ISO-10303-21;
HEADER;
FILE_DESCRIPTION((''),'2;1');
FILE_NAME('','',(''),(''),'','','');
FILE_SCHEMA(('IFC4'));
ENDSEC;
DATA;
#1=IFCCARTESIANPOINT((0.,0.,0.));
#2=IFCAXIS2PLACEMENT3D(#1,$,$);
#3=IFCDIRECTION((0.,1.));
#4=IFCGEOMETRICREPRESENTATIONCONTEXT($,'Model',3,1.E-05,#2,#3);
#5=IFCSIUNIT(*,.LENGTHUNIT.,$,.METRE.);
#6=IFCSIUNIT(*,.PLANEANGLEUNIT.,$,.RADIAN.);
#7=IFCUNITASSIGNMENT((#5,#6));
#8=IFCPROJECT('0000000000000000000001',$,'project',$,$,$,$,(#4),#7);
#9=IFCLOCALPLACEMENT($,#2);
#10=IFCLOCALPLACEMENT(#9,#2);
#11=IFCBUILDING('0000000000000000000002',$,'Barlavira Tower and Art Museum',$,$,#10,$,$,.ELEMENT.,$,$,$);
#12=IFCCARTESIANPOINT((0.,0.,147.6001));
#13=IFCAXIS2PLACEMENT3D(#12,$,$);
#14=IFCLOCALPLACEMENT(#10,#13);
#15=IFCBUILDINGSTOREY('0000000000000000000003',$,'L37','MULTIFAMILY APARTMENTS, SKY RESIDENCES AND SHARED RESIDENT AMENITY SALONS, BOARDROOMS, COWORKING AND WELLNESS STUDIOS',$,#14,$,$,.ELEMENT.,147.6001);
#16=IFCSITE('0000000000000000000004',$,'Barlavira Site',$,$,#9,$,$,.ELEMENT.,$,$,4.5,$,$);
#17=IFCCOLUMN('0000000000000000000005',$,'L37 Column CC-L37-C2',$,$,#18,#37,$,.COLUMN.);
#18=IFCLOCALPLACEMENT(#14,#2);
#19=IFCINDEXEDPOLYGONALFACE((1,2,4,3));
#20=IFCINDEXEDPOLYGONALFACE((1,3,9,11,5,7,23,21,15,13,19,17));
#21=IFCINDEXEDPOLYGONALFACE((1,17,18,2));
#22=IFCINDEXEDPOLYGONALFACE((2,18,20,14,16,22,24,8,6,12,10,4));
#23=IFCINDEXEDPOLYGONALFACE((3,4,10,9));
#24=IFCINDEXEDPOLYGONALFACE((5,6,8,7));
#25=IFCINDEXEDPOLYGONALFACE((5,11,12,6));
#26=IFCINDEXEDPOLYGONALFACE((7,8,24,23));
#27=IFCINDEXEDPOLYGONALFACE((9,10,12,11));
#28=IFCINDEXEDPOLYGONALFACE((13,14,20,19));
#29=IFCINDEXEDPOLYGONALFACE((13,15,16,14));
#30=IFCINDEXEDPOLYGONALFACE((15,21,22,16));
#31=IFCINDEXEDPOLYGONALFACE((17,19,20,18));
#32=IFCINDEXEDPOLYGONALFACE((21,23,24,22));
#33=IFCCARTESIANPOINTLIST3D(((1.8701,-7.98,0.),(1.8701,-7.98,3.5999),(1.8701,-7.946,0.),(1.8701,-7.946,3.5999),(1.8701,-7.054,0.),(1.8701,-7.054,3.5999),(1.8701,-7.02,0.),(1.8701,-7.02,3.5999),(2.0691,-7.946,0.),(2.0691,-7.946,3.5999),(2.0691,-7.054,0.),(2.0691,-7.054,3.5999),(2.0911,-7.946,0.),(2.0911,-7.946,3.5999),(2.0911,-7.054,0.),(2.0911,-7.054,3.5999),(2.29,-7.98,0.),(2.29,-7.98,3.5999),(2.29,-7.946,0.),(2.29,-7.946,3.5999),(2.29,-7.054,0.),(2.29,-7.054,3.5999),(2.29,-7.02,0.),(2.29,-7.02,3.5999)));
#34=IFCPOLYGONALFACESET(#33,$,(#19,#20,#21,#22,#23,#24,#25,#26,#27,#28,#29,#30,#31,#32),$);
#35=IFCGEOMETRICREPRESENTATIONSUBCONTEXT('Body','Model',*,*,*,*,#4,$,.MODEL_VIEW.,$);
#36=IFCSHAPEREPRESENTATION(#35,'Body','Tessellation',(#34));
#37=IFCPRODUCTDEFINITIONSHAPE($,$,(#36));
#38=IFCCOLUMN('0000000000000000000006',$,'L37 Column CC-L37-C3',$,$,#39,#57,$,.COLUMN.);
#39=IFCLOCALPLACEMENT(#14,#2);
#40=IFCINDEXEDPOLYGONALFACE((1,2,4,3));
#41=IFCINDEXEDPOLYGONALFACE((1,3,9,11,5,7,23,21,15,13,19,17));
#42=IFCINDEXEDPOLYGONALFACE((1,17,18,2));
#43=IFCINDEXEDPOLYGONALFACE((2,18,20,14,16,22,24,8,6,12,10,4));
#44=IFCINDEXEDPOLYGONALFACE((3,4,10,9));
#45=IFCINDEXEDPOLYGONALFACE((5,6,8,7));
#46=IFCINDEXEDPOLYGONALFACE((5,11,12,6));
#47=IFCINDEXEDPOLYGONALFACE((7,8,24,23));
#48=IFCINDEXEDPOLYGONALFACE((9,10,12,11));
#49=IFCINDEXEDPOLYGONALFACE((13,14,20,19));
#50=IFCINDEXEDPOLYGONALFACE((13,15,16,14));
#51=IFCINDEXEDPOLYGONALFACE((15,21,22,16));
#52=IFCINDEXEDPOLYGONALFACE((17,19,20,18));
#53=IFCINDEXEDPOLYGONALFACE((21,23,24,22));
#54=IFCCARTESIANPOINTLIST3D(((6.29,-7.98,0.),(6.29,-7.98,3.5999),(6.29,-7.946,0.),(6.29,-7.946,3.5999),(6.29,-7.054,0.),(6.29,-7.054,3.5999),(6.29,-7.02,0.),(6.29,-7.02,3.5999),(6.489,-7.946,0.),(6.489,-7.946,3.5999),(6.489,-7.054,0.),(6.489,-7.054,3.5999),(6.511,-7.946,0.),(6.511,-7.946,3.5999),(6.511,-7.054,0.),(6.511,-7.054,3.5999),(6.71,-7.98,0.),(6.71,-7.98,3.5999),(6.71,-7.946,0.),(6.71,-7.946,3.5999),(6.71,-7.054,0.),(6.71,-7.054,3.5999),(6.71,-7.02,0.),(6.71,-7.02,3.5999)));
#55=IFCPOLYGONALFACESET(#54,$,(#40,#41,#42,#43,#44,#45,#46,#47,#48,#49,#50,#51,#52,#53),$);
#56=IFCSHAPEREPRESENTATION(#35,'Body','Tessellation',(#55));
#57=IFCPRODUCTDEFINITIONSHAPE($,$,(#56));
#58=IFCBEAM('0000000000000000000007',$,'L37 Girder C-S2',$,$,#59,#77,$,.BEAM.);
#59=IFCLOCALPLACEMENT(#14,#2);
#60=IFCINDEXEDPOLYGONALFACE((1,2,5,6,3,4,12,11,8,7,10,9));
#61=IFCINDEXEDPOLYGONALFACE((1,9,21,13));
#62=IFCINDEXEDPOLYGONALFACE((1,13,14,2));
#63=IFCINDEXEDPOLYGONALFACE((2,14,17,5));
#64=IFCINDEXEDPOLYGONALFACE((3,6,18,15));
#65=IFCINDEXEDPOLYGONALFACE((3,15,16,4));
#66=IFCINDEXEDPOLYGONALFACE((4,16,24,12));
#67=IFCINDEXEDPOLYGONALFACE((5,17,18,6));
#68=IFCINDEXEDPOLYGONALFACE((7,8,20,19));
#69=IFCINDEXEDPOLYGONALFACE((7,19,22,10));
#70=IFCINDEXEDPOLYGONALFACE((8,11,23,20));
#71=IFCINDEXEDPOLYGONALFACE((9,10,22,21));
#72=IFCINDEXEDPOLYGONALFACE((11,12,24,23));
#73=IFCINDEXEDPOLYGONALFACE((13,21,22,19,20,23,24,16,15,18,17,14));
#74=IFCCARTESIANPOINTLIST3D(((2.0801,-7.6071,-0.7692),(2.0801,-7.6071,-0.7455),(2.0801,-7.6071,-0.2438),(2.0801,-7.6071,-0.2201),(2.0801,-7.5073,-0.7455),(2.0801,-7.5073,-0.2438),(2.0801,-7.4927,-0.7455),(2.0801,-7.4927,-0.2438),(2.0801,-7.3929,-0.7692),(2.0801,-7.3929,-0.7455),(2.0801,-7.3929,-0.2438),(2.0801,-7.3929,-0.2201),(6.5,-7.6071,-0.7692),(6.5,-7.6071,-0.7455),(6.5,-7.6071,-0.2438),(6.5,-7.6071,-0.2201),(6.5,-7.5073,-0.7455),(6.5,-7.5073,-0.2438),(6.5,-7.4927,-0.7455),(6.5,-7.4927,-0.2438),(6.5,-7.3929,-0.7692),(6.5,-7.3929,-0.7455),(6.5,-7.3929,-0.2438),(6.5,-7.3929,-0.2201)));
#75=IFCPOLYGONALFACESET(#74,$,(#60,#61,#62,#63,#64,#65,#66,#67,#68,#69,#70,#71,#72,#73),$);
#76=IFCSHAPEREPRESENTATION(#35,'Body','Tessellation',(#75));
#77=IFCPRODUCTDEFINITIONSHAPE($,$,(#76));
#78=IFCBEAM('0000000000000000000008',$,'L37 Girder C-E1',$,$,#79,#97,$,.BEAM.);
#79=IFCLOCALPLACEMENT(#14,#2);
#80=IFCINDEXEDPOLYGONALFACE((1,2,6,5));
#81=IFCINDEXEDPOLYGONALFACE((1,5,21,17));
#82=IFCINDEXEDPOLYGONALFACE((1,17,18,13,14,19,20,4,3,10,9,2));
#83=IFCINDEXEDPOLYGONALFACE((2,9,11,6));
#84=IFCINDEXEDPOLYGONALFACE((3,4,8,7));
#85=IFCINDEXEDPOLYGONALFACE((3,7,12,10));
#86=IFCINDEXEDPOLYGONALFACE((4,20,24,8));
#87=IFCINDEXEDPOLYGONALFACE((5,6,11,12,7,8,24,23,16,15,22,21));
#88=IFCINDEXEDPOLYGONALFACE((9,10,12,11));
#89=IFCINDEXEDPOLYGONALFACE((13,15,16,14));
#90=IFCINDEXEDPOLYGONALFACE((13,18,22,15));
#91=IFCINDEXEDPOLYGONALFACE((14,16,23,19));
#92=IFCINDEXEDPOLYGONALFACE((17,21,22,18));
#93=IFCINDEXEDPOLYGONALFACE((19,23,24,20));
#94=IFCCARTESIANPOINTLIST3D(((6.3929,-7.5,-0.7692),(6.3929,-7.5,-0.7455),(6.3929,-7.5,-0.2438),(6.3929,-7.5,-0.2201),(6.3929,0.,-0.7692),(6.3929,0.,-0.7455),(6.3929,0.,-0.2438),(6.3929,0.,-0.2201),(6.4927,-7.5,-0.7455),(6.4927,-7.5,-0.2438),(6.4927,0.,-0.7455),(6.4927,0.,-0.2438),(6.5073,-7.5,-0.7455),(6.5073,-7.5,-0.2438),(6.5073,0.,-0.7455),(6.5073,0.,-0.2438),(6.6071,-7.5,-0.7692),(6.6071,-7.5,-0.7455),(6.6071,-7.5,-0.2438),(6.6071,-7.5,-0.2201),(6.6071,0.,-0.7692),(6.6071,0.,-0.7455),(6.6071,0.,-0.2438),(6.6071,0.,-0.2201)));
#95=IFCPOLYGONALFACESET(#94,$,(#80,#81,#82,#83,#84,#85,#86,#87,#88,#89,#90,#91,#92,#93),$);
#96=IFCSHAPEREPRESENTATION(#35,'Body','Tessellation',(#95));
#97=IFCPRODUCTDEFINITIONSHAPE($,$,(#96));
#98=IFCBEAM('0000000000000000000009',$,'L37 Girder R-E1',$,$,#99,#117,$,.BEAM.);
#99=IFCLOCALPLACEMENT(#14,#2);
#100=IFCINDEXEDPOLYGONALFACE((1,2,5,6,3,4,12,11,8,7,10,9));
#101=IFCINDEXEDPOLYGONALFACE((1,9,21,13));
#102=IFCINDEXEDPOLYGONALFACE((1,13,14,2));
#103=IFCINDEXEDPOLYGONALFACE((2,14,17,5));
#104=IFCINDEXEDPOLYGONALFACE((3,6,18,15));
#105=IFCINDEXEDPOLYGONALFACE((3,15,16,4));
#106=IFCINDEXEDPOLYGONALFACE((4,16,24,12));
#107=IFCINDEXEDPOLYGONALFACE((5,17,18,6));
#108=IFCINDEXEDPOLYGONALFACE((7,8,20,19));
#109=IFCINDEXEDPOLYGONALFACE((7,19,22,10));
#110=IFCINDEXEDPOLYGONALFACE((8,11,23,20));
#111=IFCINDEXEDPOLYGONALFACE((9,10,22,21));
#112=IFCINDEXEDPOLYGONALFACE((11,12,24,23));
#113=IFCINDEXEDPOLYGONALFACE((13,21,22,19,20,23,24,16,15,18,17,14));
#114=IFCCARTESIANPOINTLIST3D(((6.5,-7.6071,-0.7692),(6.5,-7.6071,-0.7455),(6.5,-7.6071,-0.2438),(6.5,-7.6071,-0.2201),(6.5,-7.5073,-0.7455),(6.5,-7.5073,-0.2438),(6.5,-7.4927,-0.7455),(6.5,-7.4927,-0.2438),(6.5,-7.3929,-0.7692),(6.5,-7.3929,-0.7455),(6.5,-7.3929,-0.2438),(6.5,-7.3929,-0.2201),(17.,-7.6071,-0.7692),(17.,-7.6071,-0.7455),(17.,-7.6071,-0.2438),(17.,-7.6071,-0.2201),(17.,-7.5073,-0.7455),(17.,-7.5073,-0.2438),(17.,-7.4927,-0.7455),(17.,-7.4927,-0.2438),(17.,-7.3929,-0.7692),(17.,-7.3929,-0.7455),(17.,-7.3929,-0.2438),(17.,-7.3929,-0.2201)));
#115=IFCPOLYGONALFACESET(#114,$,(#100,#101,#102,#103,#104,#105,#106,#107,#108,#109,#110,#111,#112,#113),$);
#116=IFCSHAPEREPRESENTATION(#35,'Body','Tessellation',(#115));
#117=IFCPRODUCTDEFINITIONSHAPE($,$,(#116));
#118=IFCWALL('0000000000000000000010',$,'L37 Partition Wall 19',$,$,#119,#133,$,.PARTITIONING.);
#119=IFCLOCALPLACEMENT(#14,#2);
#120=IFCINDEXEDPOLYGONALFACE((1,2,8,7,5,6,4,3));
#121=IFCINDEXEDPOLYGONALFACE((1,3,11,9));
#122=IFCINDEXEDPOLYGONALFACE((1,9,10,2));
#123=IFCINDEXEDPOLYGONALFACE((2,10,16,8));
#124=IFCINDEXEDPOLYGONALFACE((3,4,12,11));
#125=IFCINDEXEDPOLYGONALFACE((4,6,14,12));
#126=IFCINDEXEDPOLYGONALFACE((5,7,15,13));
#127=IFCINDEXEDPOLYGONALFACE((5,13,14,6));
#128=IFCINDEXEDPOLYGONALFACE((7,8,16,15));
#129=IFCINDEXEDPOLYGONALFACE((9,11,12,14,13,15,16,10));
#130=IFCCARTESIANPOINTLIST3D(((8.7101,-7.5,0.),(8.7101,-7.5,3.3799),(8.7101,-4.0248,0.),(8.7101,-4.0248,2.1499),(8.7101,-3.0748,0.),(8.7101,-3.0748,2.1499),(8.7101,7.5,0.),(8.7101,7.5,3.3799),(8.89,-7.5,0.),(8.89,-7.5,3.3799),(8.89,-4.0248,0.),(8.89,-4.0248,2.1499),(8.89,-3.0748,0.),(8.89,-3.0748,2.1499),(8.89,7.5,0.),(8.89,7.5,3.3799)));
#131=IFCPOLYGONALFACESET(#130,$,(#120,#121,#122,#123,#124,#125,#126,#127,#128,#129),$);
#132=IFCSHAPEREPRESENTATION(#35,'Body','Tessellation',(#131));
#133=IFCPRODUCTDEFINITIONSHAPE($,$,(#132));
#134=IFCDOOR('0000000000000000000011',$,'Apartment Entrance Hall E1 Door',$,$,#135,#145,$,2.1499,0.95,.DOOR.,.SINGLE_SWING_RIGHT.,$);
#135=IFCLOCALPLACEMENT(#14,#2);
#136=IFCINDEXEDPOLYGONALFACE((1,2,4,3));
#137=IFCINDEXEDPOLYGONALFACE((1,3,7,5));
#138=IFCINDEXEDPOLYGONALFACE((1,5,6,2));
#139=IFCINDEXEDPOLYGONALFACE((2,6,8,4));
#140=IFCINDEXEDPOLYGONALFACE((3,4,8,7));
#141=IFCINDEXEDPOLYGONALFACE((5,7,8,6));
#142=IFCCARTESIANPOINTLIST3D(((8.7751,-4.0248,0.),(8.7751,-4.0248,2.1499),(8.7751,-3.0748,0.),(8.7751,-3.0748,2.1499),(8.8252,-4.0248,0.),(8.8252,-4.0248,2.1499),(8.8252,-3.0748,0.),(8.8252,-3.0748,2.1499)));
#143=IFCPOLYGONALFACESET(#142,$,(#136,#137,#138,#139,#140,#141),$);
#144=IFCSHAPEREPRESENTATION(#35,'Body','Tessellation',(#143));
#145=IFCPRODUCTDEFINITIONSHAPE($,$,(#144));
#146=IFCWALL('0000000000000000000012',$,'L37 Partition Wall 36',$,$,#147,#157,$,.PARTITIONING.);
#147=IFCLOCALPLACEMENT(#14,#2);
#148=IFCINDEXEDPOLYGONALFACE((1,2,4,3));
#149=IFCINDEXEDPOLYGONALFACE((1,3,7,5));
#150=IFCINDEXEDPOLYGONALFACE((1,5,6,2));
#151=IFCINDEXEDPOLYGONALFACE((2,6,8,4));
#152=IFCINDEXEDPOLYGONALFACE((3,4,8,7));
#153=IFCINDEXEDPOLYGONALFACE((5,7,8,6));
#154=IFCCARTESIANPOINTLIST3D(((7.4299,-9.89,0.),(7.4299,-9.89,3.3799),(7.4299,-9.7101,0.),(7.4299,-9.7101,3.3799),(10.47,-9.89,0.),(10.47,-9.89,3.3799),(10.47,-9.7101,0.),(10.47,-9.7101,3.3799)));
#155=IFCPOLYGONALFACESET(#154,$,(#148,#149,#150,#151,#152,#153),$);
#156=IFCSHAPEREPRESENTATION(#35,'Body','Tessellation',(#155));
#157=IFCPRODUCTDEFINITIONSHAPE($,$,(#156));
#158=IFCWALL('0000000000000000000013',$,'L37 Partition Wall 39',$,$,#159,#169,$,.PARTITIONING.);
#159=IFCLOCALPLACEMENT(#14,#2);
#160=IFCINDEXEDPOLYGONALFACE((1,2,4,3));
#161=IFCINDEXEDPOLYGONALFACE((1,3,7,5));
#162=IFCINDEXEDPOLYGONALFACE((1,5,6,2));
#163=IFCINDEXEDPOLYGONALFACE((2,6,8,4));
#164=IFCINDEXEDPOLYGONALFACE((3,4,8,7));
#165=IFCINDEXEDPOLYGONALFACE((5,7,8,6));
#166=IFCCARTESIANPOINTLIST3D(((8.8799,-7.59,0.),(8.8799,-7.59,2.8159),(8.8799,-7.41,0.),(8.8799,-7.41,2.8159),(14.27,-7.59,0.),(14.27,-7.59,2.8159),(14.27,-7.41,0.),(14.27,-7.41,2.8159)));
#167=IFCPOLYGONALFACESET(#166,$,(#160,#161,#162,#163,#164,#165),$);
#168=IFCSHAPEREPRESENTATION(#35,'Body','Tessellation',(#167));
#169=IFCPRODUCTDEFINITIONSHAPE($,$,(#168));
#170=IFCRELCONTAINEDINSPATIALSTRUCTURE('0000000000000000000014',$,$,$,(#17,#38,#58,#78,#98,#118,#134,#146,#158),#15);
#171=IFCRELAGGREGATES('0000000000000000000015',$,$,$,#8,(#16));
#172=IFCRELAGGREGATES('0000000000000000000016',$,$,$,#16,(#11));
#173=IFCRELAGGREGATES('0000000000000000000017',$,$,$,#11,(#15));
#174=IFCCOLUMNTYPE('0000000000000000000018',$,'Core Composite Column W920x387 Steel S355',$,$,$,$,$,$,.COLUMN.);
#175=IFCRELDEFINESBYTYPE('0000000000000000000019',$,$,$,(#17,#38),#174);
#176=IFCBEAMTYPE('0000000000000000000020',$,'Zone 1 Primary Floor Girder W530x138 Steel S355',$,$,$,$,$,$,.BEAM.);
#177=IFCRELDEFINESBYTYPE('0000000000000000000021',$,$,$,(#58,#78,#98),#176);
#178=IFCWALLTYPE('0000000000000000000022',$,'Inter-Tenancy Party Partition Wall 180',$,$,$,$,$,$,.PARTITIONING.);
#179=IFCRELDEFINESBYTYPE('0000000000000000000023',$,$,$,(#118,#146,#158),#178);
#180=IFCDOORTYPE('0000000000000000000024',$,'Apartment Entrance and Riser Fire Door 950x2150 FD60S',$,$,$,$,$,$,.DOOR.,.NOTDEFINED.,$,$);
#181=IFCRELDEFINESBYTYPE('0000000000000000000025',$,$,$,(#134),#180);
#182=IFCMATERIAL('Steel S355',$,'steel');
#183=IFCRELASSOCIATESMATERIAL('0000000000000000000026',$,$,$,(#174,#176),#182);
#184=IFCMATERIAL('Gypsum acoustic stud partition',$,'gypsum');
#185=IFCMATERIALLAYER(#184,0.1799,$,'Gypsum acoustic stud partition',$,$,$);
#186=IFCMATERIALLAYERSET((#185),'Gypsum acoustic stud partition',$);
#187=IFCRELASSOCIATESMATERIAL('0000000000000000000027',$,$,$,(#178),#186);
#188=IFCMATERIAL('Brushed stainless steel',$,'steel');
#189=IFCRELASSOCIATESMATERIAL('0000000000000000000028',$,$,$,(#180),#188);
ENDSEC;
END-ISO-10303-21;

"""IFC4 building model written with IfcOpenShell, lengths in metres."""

from ifc_helpers import new_model, si_unit, direction, frame, frame_2d, origin, origin_2d, place, context, subcontext, project, spatial, rectangle, i_section, extrude, material, layer, layer_set, material_profile, profile_set, type_object, element, fill, save


model = new_model("IFC4")

# Units and contexts
model_context = context("Model", 3, precision=1e-05, world=origin(), true_north=direction((0.0, 1.0)))
body_context = subcontext(model_context, "Body", "Model", "MODEL_VIEW")
ifc_project = project(units=[si_unit("LENGTHUNIT", "METRE"), si_unit("PLANEANGLEUNIT", "RADIAN")], contexts=[model_context])

# Site, building, storey
site_placement = place(None, origin())
site = spatial("IfcSite", under=ifc_project, at=site_placement, Name="Barlavira Site", CompositionType="ELEMENT", RefElevation=4.5)
building_placement = place(site_placement, origin())
building = spatial("IfcBuilding", under=site, at=building_placement, Name="Barlavira Tower and Art Museum", CompositionType="ELEMENT")
storey_placement = place(building_placement, frame((0.0, 0.0, 147.6001)))
storey = spatial("IfcBuildingStorey", under=building, at=storey_placement, Name="L37", Description="MULTIFAMILY APARTMENTS, SKY RESIDENCES AND SHARED RESIDENT AMENITY SALONS, BOARDROOMS, COWORKING AND WELLNESS STUDIOS", CompositionType="ELEMENT", Elevation=147.6001)

# Columns
ifc_material_1 = material(Name="Steel S355", Category="steel")
ifc_material_profile_1 = material_profile(ifc_material_1, i_section(OverallWidth=0.4199, OverallDepth=0.96, WebThickness=0.022, FlangeThickness=0.0339, at=origin_2d()), Name="W920x387.0")
ifc_profile_set_1 = profile_set([ifc_material_profile_1], Name="Steel S355")
column_type = type_object("IfcColumnType", Name="Core Composite Column W920x387 Steel S355", PredefinedType="COLUMN", material=ifc_profile_set_1)
for number, where, z_axis, x_axis, name in (
    (1, (2.0801, -7.5, 0.0), (0.0, 0.0, 1.0), (1.0, 0.0, 0.0), "L37 Column CC-L37-C2"),
    (2, (6.5, -7.5, 0.0), (0.0, 0.0, 1.0), (1.0, 0.0, 0.0), "L37 Column CC-L37-C3"),
):
    element("IfcColumn", number, at=place(storey_placement, frame(where, z_axis=z_axis, x_axis=x_axis)), inside=storey, type_object=column_type, Name=name, PredefinedType="COLUMN", context=body_context, shape_type="SweptSolid", body=[
        extrude(i_section(OverallWidth=0.4199, OverallDepth=0.96, WebThickness=0.022, FlangeThickness=0.0339, at=origin_2d()), origin(), (0.0, 0.0, 1.0), 3.5999),
    ])

# Beams
ifc_material_profile_2 = material_profile(ifc_material_1, i_section(OverallWidth=0.2141, OverallDepth=0.5491, WebThickness=0.0146, FlangeThickness=0.0237, at=origin_2d()), Name="W530x138.0")
ifc_profile_set_2 = profile_set([ifc_material_profile_2], Name="Steel S355")
beam_type = type_object("IfcBeamType", Name="Zone 1 Primary Floor Girder W530x138 Steel S355", PredefinedType="BEAM", material=ifc_profile_set_2)
beam_1_placement = place(storey_placement, frame((2.0801, -7.5, -0.4946), z_axis=(1.0, 0.0, 0.0), x_axis=(0.0, 1.0, 0.0)))
element("IfcBeam", 3, at=beam_1_placement, inside=storey, type_object=beam_type, Name="L37 Girder C-S2", PredefinedType="BEAM", context=body_context, shape_type="SweptSolid", body=[
    extrude(i_section(OverallWidth=0.2141, OverallDepth=0.5491, WebThickness=0.0146, FlangeThickness=0.0237, at=origin_2d()), origin(), (0.0, 0.0, 1.0), 4.4199),
])
beam_2_placement = place(storey_placement, frame((6.5, -7.5, -0.4946), z_axis=(0.0, 1.0, 0.0), x_axis=(-1.0, 0.0, 0.0)))
element("IfcBeam", 4, at=beam_2_placement, inside=storey, type_object=beam_type, Name="L37 Girder C-E1", PredefinedType="BEAM", context=body_context, shape_type="SweptSolid", body=[
    extrude(i_section(OverallWidth=0.2141, OverallDepth=0.5491, WebThickness=0.0146, FlangeThickness=0.0237, at=origin_2d()), origin(), (0.0, 0.0, 1.0), 7.5),
])
beam_3_placement = place(storey_placement, frame((6.5, -7.5, -0.4946), z_axis=(1.0, 0.0, 0.0), x_axis=(0.0, 1.0, 0.0)))
element("IfcBeam", 5, at=beam_3_placement, inside=storey, type_object=beam_type, Name="L37 Girder R-E1", PredefinedType="BEAM", context=body_context, shape_type="SweptSolid", body=[
    extrude(i_section(OverallWidth=0.2141, OverallDepth=0.5491, WebThickness=0.0146, FlangeThickness=0.0237, at=origin_2d()), origin(), (0.0, 0.0, 1.0), 10.5),
])

# Wall, opening, door
ifc_material_2 = material(Name="Brushed stainless steel", Category="steel")
ifc_material_3 = material(Name="Gypsum acoustic stud partition", Category="gypsum")
ifc_layer_1 = layer(ifc_material_3, 0.1799, Name="Gypsum acoustic stud partition")
ifc_layer_set_1 = layer_set([ifc_layer_1], Name="Gypsum acoustic stud partition")
wall_type_1 = type_object("IfcWallType", Name="Inter-Tenancy Party Partition Wall 180", PredefinedType="PARTITIONING", material=ifc_layer_set_1)
wall_1_placement = place(storey_placement, frame((8.8, -7.5, 0.0), z_axis=(0.0, 0.0, 1.0), x_axis=(0.0, 1.0, 0.0)))
wall_1 = element("IfcWall", 6, at=wall_1_placement, inside=storey, type_object=wall_type_1, Name="L37 Partition Wall 19", PredefinedType="PARTITIONING", context=body_context, shape_type="SweptSolid", body=[
    extrude(rectangle(XDim=15.0, YDim=0.1799, at=frame_2d((7.5, 0.0))), origin(), (0.0, 0.0, 1.0), 3.3799),
])
opening_1_placement = place(wall_1_placement, frame((3.4751, 0.0, 0.0)))
opening_1 = element("IfcOpeningElement", 7, at=opening_1_placement, cuts=wall_1, PredefinedType="OPENING", context=body_context, shape_type="SweptSolid", body=[
    extrude(rectangle(XDim=0.95, YDim=2.1499, at=frame_2d((0.4751, 1.075))), frame((0.0, 0.1001, 0.0), z_axis=(0.0, -1.0, 0.0), x_axis=(1.0, 0.0, 0.0)), (0.0, 0.0, 1.0), 0.2),
])
door_type_1 = type_object("IfcDoorType", Name="Apartment Entrance and Riser Fire Door 950x2150 FD60S", OperationType="NOTDEFINED", PredefinedType="DOOR", material=ifc_material_2)
door_1_placement = place(opening_1_placement, origin())
door_1 = element("IfcDoor", 8, at=door_1_placement, inside=storey, type_object=door_type_1, Name="Apartment Entrance Hall E1 Door", OperationType="SINGLE_SWING_RIGHT", OverallHeight=2.1499, OverallWidth=0.95, PredefinedType="DOOR", context=body_context, shape_type="SweptSolid", body=[
    extrude(rectangle(XDim=0.95, YDim=2.1499, at=frame_2d((0.4751, 1.075))), frame((0.0, 0.0249, 0.0), z_axis=(0.0, -1.0, 0.0), x_axis=(1.0, 0.0, 0.0)), (0.0, 0.0, 1.0), 0.05),
])
fill(opening_1, door_1)

# Walls
wall_2_placement = place(storey_placement, frame((7.4299, -9.8, 0.0), z_axis=(0.0, 0.0, 1.0), x_axis=(1.0, 0.0, 0.0)))
element("IfcWall", 9, at=wall_2_placement, inside=storey, type_object=wall_type_1, Name="L37 Partition Wall 36", PredefinedType="PARTITIONING", context=body_context, shape_type="SweptSolid", body=[
    extrude(rectangle(XDim=3.04, YDim=0.1799, at=frame_2d((1.52, 0.0))), origin(), (0.0, 0.0, 1.0), 3.3799),
])
wall_3_placement = place(storey_placement, frame((8.8799, -7.5, 0.0), z_axis=(0.0, 0.0, 1.0), x_axis=(1.0, 0.0, 0.0)))
element("IfcWall", 10, at=wall_3_placement, inside=storey, type_object=wall_type_1, Name="L37 Partition Wall 39", PredefinedType="PARTITIONING", context=body_context, shape_type="SweptSolid", body=[
    extrude(rectangle(XDim=5.3901, YDim=0.1799, at=frame_2d((2.6951, 0.0))), origin(), (0.0, 0.0, 1.0), 2.8159),
])

save(model, "model.ifc")
